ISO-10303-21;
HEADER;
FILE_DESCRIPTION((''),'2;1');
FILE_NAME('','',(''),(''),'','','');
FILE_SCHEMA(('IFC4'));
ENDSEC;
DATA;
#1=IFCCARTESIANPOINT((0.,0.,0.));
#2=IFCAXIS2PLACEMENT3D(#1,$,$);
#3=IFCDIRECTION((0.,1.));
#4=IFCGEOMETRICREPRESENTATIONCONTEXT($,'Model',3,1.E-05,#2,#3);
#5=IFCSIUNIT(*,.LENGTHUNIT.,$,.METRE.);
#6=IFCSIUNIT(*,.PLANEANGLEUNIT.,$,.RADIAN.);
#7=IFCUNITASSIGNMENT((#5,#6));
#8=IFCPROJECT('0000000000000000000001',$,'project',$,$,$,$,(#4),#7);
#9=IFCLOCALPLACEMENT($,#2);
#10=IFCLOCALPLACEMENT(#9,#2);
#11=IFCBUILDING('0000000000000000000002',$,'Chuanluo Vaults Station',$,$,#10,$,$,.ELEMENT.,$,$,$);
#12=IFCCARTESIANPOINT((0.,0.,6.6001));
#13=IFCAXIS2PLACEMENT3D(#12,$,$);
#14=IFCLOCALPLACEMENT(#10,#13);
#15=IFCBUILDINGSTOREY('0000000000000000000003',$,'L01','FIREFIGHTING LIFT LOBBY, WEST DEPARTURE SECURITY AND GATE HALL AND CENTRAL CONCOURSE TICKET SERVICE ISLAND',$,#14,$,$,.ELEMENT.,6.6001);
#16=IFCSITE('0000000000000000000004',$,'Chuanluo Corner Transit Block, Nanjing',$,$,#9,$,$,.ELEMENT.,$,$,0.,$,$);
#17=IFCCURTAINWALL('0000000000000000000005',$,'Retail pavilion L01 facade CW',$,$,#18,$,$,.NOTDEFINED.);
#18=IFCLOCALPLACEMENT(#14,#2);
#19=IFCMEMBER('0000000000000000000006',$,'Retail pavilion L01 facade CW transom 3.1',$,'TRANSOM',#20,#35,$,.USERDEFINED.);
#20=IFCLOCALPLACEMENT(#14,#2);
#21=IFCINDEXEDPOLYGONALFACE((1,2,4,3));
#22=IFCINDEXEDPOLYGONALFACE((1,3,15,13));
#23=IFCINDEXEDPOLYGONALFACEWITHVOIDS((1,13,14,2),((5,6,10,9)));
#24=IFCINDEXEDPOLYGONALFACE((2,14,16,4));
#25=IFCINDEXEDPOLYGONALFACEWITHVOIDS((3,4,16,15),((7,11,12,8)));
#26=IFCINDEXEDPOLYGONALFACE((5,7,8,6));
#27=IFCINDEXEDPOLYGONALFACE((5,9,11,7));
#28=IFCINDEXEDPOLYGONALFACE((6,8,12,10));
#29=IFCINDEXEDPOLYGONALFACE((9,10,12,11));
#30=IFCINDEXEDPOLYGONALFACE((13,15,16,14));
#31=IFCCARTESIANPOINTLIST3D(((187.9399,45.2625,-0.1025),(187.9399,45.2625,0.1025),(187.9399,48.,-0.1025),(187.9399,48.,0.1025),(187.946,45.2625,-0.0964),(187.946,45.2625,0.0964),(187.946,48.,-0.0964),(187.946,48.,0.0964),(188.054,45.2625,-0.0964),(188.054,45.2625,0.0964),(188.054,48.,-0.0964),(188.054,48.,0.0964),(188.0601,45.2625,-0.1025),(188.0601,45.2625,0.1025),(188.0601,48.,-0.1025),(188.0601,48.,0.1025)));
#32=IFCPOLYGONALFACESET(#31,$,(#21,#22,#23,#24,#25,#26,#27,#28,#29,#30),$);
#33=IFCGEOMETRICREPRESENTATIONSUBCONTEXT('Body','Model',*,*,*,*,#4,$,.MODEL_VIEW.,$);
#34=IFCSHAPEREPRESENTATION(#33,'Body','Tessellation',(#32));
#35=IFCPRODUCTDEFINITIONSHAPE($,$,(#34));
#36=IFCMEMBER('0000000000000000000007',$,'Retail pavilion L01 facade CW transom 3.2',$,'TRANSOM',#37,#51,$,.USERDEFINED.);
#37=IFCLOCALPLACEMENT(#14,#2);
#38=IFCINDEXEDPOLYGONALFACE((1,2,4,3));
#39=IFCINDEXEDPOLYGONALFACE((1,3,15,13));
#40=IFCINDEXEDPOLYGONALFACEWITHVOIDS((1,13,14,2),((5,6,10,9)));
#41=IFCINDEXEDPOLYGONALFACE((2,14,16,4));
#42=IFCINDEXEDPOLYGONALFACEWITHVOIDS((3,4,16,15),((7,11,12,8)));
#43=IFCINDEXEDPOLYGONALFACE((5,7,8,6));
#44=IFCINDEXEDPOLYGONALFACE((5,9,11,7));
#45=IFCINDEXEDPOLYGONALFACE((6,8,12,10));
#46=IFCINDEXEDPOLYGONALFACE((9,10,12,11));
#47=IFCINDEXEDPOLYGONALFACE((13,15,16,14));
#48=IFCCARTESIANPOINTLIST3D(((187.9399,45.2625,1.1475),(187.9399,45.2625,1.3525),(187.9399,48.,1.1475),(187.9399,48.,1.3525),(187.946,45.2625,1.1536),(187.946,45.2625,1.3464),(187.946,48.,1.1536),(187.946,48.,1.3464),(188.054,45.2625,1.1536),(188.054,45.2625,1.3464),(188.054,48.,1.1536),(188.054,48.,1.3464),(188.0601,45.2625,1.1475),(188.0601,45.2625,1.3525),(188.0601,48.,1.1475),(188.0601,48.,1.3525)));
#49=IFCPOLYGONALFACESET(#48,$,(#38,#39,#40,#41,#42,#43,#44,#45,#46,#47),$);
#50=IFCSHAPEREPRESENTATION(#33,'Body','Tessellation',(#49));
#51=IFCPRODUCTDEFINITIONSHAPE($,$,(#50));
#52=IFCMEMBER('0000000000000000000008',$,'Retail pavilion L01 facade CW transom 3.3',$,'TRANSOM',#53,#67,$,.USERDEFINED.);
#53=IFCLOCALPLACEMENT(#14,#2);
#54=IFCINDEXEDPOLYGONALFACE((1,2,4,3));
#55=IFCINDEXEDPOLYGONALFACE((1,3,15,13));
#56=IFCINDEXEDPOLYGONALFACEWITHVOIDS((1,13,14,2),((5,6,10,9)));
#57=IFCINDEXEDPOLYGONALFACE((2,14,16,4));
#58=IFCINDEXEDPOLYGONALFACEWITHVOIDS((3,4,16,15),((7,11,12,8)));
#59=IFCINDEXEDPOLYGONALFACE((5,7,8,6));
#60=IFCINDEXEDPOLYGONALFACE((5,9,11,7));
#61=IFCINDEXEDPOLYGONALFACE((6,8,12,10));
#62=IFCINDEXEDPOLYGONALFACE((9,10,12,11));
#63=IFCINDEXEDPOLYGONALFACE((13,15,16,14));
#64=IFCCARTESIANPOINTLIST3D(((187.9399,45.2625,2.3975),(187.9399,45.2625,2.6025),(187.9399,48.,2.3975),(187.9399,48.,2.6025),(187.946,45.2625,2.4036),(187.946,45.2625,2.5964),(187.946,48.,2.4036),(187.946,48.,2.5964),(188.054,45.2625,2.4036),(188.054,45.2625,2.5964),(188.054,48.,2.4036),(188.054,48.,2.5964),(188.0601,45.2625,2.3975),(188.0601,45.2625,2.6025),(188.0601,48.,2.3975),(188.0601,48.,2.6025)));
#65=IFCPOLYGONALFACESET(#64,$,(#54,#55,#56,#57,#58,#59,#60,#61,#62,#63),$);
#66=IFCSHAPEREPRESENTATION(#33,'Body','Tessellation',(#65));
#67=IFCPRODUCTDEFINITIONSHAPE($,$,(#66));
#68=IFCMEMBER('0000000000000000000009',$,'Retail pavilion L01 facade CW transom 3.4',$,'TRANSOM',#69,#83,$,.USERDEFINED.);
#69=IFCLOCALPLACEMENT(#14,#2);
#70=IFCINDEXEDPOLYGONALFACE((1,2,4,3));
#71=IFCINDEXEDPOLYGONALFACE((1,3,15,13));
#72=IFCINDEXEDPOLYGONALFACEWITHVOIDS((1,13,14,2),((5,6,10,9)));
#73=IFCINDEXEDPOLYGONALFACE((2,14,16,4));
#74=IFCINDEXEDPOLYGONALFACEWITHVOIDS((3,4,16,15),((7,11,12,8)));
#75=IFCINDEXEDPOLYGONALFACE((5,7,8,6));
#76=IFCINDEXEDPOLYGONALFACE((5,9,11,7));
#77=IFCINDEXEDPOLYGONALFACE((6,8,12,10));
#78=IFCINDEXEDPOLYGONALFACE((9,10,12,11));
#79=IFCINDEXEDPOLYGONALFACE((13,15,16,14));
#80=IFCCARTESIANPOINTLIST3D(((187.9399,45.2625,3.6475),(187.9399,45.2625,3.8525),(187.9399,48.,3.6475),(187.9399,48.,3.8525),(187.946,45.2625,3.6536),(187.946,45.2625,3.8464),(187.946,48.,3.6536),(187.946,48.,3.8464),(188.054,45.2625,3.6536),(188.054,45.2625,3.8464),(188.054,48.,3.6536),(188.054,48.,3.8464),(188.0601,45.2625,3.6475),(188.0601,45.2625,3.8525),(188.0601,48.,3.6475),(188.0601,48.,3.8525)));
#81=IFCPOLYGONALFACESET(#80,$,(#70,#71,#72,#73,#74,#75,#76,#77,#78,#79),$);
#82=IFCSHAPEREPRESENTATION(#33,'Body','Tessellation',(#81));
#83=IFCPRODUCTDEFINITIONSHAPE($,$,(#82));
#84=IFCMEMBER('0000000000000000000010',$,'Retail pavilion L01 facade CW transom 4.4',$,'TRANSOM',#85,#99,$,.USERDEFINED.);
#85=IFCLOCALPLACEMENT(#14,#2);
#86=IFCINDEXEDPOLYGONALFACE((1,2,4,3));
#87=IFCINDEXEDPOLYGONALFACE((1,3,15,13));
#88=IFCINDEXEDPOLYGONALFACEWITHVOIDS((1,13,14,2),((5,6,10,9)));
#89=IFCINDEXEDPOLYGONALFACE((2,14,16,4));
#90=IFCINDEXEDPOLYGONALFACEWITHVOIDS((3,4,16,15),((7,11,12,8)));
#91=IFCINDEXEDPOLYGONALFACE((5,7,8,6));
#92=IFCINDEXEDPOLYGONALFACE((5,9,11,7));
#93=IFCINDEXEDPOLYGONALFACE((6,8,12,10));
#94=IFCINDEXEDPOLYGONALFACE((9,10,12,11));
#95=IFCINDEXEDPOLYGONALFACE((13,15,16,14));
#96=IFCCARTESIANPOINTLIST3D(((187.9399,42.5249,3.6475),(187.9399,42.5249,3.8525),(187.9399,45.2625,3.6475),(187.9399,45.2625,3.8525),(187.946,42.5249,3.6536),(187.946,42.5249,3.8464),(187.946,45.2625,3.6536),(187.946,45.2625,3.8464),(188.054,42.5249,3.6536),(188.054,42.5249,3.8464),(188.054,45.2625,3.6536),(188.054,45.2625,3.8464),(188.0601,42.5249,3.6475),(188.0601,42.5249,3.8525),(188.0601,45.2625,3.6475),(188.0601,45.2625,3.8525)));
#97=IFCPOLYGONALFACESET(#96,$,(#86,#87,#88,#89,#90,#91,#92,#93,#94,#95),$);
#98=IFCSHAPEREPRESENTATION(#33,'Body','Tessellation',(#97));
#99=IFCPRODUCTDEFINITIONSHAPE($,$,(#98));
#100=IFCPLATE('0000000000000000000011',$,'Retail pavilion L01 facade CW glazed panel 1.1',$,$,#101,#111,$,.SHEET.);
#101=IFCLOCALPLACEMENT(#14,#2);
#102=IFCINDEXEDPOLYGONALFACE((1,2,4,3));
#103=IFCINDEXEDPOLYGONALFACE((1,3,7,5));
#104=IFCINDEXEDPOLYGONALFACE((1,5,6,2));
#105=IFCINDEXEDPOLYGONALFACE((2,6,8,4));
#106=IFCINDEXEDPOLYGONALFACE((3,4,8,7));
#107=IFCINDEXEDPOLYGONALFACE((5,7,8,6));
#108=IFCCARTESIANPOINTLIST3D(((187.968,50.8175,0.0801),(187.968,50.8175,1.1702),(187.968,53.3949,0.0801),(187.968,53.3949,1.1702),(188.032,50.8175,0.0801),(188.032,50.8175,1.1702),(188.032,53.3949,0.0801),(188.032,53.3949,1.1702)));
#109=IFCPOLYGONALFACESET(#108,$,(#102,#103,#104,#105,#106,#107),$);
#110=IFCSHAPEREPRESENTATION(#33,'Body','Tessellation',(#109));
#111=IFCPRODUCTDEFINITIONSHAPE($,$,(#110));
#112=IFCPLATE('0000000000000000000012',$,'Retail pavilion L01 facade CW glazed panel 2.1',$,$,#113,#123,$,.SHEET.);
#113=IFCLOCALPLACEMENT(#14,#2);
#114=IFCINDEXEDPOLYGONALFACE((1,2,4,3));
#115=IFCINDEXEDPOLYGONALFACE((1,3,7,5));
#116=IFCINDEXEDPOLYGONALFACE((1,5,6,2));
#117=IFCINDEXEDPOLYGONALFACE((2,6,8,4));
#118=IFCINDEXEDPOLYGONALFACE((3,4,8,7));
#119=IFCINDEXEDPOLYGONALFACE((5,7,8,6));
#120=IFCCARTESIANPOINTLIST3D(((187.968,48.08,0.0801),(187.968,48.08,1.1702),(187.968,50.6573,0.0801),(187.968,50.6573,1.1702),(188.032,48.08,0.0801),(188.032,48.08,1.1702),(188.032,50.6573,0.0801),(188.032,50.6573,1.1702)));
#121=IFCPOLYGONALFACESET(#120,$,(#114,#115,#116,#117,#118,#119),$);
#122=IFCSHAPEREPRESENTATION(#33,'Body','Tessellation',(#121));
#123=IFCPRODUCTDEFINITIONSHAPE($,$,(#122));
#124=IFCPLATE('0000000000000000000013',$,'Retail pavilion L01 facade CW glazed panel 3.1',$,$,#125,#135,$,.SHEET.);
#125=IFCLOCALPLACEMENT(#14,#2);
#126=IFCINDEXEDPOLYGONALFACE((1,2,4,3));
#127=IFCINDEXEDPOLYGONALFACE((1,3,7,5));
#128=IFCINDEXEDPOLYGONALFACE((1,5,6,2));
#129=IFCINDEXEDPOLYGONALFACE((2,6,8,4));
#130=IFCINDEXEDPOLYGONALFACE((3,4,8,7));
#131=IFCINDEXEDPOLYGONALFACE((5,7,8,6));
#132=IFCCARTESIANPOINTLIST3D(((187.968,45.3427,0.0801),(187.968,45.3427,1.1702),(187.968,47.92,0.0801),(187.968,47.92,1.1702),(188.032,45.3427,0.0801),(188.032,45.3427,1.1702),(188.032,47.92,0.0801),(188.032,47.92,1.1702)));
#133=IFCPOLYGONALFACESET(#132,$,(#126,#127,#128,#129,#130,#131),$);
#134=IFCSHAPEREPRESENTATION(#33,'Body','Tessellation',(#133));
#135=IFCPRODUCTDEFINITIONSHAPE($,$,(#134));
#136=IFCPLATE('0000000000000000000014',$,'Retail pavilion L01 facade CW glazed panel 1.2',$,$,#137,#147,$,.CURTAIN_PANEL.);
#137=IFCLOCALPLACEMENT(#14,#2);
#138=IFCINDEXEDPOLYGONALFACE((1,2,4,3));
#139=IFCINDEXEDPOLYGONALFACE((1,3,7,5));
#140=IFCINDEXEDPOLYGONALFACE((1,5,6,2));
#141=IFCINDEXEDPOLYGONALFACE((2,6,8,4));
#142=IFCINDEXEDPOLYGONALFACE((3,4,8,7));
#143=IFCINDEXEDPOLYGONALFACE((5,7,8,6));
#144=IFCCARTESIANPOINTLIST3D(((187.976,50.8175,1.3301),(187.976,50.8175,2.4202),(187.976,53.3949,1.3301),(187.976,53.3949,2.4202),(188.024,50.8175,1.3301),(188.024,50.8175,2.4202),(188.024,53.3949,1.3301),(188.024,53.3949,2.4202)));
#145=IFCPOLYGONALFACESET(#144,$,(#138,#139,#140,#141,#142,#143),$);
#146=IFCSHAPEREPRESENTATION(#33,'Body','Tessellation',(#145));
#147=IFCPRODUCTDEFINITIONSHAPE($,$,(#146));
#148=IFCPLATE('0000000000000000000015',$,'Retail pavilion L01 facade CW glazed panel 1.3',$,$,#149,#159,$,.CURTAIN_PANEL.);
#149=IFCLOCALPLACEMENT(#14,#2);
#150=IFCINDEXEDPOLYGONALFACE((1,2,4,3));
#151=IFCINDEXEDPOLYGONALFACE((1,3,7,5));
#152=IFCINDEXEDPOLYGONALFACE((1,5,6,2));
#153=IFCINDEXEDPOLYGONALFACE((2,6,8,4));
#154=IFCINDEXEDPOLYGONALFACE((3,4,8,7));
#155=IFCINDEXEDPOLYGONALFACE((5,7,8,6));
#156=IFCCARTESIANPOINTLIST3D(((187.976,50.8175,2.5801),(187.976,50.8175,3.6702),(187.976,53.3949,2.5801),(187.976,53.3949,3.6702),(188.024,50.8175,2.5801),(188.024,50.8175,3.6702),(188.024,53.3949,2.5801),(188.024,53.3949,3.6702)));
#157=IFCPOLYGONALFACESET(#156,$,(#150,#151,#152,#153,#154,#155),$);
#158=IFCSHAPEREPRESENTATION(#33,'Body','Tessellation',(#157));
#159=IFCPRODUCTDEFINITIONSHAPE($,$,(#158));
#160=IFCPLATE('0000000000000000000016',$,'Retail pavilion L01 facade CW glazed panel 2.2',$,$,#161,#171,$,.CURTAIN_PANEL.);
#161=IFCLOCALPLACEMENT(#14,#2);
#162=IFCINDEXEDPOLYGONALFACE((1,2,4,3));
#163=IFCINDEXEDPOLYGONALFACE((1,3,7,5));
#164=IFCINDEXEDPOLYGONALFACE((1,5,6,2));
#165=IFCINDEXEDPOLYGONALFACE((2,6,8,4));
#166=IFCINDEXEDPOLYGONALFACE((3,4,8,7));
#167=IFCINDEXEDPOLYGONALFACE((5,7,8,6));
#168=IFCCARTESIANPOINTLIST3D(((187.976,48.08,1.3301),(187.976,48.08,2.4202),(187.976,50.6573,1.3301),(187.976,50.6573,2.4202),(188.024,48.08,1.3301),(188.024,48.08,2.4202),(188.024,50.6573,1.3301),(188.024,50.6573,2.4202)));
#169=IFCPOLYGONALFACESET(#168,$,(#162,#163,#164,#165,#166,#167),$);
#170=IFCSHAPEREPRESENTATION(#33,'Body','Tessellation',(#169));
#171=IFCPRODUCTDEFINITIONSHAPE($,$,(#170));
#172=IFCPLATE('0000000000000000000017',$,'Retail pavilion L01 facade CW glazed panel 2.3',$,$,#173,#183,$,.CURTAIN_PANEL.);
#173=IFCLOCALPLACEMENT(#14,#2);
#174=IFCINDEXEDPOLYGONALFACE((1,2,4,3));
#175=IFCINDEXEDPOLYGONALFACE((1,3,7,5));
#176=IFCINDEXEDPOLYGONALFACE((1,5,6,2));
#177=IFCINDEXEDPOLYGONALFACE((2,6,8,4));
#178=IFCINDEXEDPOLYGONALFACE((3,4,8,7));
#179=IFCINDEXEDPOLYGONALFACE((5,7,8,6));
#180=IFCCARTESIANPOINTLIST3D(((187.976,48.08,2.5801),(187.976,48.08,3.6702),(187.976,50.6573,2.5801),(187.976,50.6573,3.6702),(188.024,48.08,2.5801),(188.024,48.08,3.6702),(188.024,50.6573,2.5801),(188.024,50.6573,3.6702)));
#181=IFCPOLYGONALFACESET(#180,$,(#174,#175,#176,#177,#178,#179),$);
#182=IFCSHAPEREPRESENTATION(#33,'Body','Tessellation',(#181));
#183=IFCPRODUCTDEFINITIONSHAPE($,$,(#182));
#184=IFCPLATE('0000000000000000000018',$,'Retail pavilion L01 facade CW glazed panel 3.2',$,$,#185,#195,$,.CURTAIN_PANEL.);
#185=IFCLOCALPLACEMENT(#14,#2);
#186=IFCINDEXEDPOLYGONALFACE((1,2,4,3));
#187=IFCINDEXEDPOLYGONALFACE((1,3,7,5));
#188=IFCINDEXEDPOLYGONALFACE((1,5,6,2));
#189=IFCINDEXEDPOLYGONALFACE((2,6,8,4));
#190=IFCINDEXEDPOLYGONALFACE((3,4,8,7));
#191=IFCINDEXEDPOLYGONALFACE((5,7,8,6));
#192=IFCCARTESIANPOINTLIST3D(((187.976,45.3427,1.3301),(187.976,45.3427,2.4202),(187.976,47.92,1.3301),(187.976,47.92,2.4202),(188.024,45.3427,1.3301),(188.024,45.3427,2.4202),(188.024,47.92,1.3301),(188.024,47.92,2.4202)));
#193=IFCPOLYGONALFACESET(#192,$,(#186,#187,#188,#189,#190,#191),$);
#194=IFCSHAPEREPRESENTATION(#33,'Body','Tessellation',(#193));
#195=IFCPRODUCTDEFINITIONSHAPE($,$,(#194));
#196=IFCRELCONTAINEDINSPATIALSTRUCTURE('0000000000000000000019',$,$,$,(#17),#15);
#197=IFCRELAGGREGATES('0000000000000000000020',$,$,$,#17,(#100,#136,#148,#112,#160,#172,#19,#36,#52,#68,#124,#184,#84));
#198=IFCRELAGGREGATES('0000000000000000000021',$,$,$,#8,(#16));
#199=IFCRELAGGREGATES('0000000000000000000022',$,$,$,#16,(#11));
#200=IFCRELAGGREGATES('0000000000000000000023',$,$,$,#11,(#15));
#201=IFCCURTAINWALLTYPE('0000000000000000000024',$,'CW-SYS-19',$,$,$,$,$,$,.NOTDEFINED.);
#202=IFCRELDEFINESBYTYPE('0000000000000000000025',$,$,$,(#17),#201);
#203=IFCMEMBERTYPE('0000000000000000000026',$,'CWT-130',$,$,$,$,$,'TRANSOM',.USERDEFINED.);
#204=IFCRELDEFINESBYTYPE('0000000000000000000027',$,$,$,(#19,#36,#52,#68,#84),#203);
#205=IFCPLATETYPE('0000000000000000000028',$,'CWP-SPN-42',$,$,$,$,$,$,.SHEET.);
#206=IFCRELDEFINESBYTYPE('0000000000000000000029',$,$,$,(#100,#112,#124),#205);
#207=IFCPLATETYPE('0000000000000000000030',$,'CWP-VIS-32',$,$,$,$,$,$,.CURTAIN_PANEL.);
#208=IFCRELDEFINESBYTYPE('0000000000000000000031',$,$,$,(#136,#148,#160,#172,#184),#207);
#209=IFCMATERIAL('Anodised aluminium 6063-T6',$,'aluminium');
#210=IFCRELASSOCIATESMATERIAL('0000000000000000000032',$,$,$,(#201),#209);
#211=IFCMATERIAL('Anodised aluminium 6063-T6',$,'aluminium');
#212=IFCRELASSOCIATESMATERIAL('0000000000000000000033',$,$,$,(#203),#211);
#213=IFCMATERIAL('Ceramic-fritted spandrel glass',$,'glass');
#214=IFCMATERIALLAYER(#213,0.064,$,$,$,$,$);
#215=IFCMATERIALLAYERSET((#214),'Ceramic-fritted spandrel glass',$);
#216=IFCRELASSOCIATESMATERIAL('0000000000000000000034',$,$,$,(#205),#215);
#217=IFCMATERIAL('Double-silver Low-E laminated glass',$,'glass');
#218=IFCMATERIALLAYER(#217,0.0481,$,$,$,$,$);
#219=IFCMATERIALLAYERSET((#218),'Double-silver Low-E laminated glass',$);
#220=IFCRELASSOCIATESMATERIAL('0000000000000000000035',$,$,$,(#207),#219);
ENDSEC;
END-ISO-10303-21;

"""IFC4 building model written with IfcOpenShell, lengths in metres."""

from ifc_helpers import new_model, si_unit, direction, frame, origin, origin_2d, place, context, subcontext, project, spatial, rectangle, hollow_rectangle, extrude, material, layer, layer_set, material_profile, profile_set, type_object, element, aggregate, save


model = new_model("IFC4")

# Units and contexts
model_context = context("Model", 3, precision=1e-05, world=origin(), true_north=direction((0.0, 1.0)))
body_context = subcontext(model_context, "Body", "Model", "MODEL_VIEW")
ifc_project = project(units=[si_unit("LENGTHUNIT", "METRE"), si_unit("PLANEANGLEUNIT", "RADIAN")], contexts=[model_context])

# Site, building, storey
site_placement = place(None, origin())
site = spatial("IfcSite", under=ifc_project, at=site_placement, Name="Chuanluo Corner Transit Block, Nanjing", CompositionType="ELEMENT", RefElevation=0.0)
building_placement = place(site_placement, origin())
building = spatial("IfcBuilding", under=site, at=building_placement, Name="Chuanluo Vaults Station", CompositionType="ELEMENT")
storey_placement = place(building_placement, frame((0.0, 0.0, 6.6001)))
storey = spatial("IfcBuildingStorey", under=building, at=storey_placement, Name="L01", Description="FIREFIGHTING LIFT LOBBY, WEST DEPARTURE SECURITY AND GATE HALL AND CENTRAL CONCOURSE TICKET SERVICE ISLAND", CompositionType="ELEMENT", Elevation=6.6001)

# Curtain wall, members, plates
ifc_material_1 = material(Name="Anodised aluminium 6063-T6", Category="aluminium")
curtain_wall_type = type_object("IfcCurtainWallType", Name="CW-SYS-19", PredefinedType="NOTDEFINED", material=ifc_material_1)
curtain_wall_placement = place(storey_placement, origin())
curtain_wall = element("IfcCurtainWall", 1, at=curtain_wall_placement, inside=storey, type_object=curtain_wall_type, Name="Retail pavilion L01 facade CW", PredefinedType="NOTDEFINED")
ifc_material_2 = material(Name="Anodised aluminium 6063-T6", Category="aluminium")
ifc_material_profile_1 = material_profile(ifc_material_2, hollow_rectangle(XDim=0.1201, YDim=0.2051, WallThickness=0.0061, at=origin_2d()))
ifc_profile_set_1 = profile_set([ifc_material_profile_1], Name="Anodised aluminium 6063-T6")
member_type_1 = type_object("IfcMemberType", Name="CWT-130", ElementType="TRANSOM", PredefinedType="USERDEFINED", material=ifc_profile_set_1)
member_1_placement = place(storey_placement, frame((188.0, 48.0, 0.0), z_axis=(0.0, -1.0, 0.0), x_axis=(1.0, 0.0, 0.0)))
member_1 = element("IfcMember", 2, at=member_1_placement, type_object=member_type_1, Name="Retail pavilion L01 facade CW transom 3.1", ObjectType="TRANSOM", PredefinedType="USERDEFINED", context=body_context, shape_type="SweptSolid", body=[
    extrude(hollow_rectangle(XDim=0.1201, YDim=0.2051, WallThickness=0.0061, at=origin_2d()), origin(), (0.0, 0.0, 1.0), 2.7375),
])
member_2_placement = place(storey_placement, frame((188.0, 48.0, 1.25), z_axis=(0.0, -1.0, 0.0), x_axis=(1.0, 0.0, 0.0)))
member_2 = element("IfcMember", 3, at=member_2_placement, type_object=member_type_1, Name="Retail pavilion L01 facade CW transom 3.2", ObjectType="TRANSOM", PredefinedType="USERDEFINED", context=body_context, shape_type="SweptSolid", body=[
    extrude(hollow_rectangle(XDim=0.1201, YDim=0.2051, WallThickness=0.0061, at=origin_2d()), origin(), (0.0, 0.0, 1.0), 2.7375),
])
member_3_placement = place(storey_placement, frame((188.0, 48.0, 2.5), z_axis=(0.0, -1.0, 0.0), x_axis=(1.0, 0.0, 0.0)))
member_3 = element("IfcMember", 4, at=member_3_placement, type_object=member_type_1, Name="Retail pavilion L01 facade CW transom 3.3", ObjectType="TRANSOM", PredefinedType="USERDEFINED", context=body_context, shape_type="SweptSolid", body=[
    extrude(hollow_rectangle(XDim=0.1201, YDim=0.2051, WallThickness=0.0061, at=origin_2d()), origin(), (0.0, 0.0, 1.0), 2.7375),
])
member_4_placement = place(storey_placement, frame((188.0, 48.0, 3.75), z_axis=(0.0, -1.0, 0.0), x_axis=(1.0, 0.0, 0.0)))
member_4 = element("IfcMember", 5, at=member_4_placement, type_object=member_type_1, Name="Retail pavilion L01 facade CW transom 3.4", ObjectType="TRANSOM", PredefinedType="USERDEFINED", context=body_context, shape_type="SweptSolid", body=[
    extrude(hollow_rectangle(XDim=0.1201, YDim=0.2051, WallThickness=0.0061, at=origin_2d()), origin(), (0.0, 0.0, 1.0), 2.7375),
])
member_5_placement = place(storey_placement, frame((188.0, 45.2625, 3.75), z_axis=(0.0, -1.0, 0.0), x_axis=(1.0, 0.0, 0.0)))
member_5 = element("IfcMember", 6, at=member_5_placement, type_object=member_type_1, Name="Retail pavilion L01 facade CW transom 4.4", ObjectType="TRANSOM", PredefinedType="USERDEFINED", context=body_context, shape_type="SweptSolid", body=[
    extrude(hollow_rectangle(XDim=0.1201, YDim=0.2051, WallThickness=0.0061, at=origin_2d()), origin(), (0.0, 0.0, 1.0), 2.7375),
])
ifc_material_3 = material(Name="Ceramic-fritted spandrel glass", Category="glass")
ifc_layer_1 = layer(ifc_material_3, 0.064)
ifc_layer_set_1 = layer_set([ifc_layer_1], Name="Ceramic-fritted spandrel glass")
plate_type_1 = type_object("IfcPlateType", Name="CWP-SPN-42", PredefinedType="SHEET", material=ifc_layer_set_1)
plate_1_placement = place(storey_placement, frame((188.0, 52.1062, 0.0801), z_axis=(0.0, 0.0, 1.0), x_axis=(0.0, -1.0, 0.0)))
plate_1 = element("IfcPlate", 7, at=plate_1_placement, type_object=plate_type_1, Name="Retail pavilion L01 facade CW glazed panel 1.1", PredefinedType="SHEET", context=body_context, shape_type="SweptSolid", body=[
    extrude(rectangle(XDim=2.5774, YDim=0.064, at=origin_2d()), origin(), (0.0, 0.0, 1.0), 1.0901),
])
plate_2_placement = place(storey_placement, frame((188.0, 49.3687, 0.0801), z_axis=(0.0, 0.0, 1.0), x_axis=(0.0, -1.0, 0.0)))
plate_2 = element("IfcPlate", 8, at=plate_2_placement, type_object=plate_type_1, Name="Retail pavilion L01 facade CW glazed panel 2.1", PredefinedType="SHEET", context=body_context, shape_type="SweptSolid", body=[
    extrude(rectangle(XDim=2.5774, YDim=0.064, at=origin_2d()), origin(), (0.0, 0.0, 1.0), 1.0901),
])
plate_3_placement = place(storey_placement, frame((188.0, 46.6313, 0.0801), z_axis=(0.0, 0.0, 1.0), x_axis=(0.0, -1.0, 0.0)))
plate_3 = element("IfcPlate", 9, at=plate_3_placement, type_object=plate_type_1, Name="Retail pavilion L01 facade CW glazed panel 3.1", PredefinedType="SHEET", context=body_context, shape_type="SweptSolid", body=[
    extrude(rectangle(XDim=2.5774, YDim=0.064, at=origin_2d()), origin(), (0.0, 0.0, 1.0), 1.0901),
])
ifc_material_4 = material(Name="Double-silver Low-E laminated glass", Category="glass")
ifc_layer_2 = layer(ifc_material_4, 0.0481)
ifc_layer_set_2 = layer_set([ifc_layer_2], Name="Double-silver Low-E laminated glass")
plate_type_2 = type_object("IfcPlateType", Name="CWP-VIS-32", PredefinedType="CURTAIN_PANEL", material=ifc_layer_set_2)
plate_4_placement = place(storey_placement, frame((188.0, 52.1062, 1.3301), z_axis=(0.0, 0.0, 1.0), x_axis=(0.0, -1.0, 0.0)))
plate_4 = element("IfcPlate", 10, at=plate_4_placement, type_object=plate_type_2, Name="Retail pavilion L01 facade CW glazed panel 1.2", PredefinedType="CURTAIN_PANEL", context=body_context, shape_type="SweptSolid", body=[
    extrude(rectangle(XDim=2.5774, YDim=0.0481, at=origin_2d()), origin(), (0.0, 0.0, 1.0), 1.0901),
])
plate_5_placement = place(storey_placement, frame((188.0, 52.1062, 2.5801), z_axis=(0.0, 0.0, 1.0), x_axis=(0.0, -1.0, 0.0)))
plate_5 = element("IfcPlate", 11, at=plate_5_placement, type_object=plate_type_2, Name="Retail pavilion L01 facade CW glazed panel 1.3", PredefinedType="CURTAIN_PANEL", context=body_context, shape_type="SweptSolid", body=[
    extrude(rectangle(XDim=2.5774, YDim=0.0481, at=origin_2d()), origin(), (0.0, 0.0, 1.0), 1.0901),
])
plate_6_placement = place(storey_placement, frame((188.0, 49.3687, 1.3301), z_axis=(0.0, 0.0, 1.0), x_axis=(0.0, -1.0, 0.0)))
plate_6 = element("IfcPlate", 12, at=plate_6_placement, type_object=plate_type_2, Name="Retail pavilion L01 facade CW glazed panel 2.2", PredefinedType="CURTAIN_PANEL", context=body_context, shape_type="SweptSolid", body=[
    extrude(rectangle(XDim=2.5774, YDim=0.0481, at=origin_2d()), origin(), (0.0, 0.0, 1.0), 1.0901),
])
plate_7_placement = place(storey_placement, frame((188.0, 49.3687, 2.5801), z_axis=(0.0, 0.0, 1.0), x_axis=(0.0, -1.0, 0.0)))
plate_7 = element("IfcPlate", 13, at=plate_7_placement, type_object=plate_type_2, Name="Retail pavilion L01 facade CW glazed panel 2.3", PredefinedType="CURTAIN_PANEL", context=body_context, shape_type="SweptSolid", body=[
    extrude(rectangle(XDim=2.5774, YDim=0.0481, at=origin_2d()), origin(), (0.0, 0.0, 1.0), 1.0901),
])
plate_8_placement = place(storey_placement, frame((188.0, 46.6313, 1.3301), z_axis=(0.0, 0.0, 1.0), x_axis=(0.0, -1.0, 0.0)))
plate_8 = element("IfcPlate", 14, at=plate_8_placement, type_object=plate_type_2, Name="Retail pavilion L01 facade CW glazed panel 3.2", PredefinedType="CURTAIN_PANEL", context=body_context, shape_type="SweptSolid", body=[
    extrude(rectangle(XDim=2.5774, YDim=0.0481, at=origin_2d()), origin(), (0.0, 0.0, 1.0), 1.0901),
])
aggregate(curtain_wall, [plate_1, plate_4, plate_5, plate_2, plate_6, plate_7, member_1, member_2, member_3, member_4, plate_3, plate_8, member_5])

save(model, "model.ifc")
